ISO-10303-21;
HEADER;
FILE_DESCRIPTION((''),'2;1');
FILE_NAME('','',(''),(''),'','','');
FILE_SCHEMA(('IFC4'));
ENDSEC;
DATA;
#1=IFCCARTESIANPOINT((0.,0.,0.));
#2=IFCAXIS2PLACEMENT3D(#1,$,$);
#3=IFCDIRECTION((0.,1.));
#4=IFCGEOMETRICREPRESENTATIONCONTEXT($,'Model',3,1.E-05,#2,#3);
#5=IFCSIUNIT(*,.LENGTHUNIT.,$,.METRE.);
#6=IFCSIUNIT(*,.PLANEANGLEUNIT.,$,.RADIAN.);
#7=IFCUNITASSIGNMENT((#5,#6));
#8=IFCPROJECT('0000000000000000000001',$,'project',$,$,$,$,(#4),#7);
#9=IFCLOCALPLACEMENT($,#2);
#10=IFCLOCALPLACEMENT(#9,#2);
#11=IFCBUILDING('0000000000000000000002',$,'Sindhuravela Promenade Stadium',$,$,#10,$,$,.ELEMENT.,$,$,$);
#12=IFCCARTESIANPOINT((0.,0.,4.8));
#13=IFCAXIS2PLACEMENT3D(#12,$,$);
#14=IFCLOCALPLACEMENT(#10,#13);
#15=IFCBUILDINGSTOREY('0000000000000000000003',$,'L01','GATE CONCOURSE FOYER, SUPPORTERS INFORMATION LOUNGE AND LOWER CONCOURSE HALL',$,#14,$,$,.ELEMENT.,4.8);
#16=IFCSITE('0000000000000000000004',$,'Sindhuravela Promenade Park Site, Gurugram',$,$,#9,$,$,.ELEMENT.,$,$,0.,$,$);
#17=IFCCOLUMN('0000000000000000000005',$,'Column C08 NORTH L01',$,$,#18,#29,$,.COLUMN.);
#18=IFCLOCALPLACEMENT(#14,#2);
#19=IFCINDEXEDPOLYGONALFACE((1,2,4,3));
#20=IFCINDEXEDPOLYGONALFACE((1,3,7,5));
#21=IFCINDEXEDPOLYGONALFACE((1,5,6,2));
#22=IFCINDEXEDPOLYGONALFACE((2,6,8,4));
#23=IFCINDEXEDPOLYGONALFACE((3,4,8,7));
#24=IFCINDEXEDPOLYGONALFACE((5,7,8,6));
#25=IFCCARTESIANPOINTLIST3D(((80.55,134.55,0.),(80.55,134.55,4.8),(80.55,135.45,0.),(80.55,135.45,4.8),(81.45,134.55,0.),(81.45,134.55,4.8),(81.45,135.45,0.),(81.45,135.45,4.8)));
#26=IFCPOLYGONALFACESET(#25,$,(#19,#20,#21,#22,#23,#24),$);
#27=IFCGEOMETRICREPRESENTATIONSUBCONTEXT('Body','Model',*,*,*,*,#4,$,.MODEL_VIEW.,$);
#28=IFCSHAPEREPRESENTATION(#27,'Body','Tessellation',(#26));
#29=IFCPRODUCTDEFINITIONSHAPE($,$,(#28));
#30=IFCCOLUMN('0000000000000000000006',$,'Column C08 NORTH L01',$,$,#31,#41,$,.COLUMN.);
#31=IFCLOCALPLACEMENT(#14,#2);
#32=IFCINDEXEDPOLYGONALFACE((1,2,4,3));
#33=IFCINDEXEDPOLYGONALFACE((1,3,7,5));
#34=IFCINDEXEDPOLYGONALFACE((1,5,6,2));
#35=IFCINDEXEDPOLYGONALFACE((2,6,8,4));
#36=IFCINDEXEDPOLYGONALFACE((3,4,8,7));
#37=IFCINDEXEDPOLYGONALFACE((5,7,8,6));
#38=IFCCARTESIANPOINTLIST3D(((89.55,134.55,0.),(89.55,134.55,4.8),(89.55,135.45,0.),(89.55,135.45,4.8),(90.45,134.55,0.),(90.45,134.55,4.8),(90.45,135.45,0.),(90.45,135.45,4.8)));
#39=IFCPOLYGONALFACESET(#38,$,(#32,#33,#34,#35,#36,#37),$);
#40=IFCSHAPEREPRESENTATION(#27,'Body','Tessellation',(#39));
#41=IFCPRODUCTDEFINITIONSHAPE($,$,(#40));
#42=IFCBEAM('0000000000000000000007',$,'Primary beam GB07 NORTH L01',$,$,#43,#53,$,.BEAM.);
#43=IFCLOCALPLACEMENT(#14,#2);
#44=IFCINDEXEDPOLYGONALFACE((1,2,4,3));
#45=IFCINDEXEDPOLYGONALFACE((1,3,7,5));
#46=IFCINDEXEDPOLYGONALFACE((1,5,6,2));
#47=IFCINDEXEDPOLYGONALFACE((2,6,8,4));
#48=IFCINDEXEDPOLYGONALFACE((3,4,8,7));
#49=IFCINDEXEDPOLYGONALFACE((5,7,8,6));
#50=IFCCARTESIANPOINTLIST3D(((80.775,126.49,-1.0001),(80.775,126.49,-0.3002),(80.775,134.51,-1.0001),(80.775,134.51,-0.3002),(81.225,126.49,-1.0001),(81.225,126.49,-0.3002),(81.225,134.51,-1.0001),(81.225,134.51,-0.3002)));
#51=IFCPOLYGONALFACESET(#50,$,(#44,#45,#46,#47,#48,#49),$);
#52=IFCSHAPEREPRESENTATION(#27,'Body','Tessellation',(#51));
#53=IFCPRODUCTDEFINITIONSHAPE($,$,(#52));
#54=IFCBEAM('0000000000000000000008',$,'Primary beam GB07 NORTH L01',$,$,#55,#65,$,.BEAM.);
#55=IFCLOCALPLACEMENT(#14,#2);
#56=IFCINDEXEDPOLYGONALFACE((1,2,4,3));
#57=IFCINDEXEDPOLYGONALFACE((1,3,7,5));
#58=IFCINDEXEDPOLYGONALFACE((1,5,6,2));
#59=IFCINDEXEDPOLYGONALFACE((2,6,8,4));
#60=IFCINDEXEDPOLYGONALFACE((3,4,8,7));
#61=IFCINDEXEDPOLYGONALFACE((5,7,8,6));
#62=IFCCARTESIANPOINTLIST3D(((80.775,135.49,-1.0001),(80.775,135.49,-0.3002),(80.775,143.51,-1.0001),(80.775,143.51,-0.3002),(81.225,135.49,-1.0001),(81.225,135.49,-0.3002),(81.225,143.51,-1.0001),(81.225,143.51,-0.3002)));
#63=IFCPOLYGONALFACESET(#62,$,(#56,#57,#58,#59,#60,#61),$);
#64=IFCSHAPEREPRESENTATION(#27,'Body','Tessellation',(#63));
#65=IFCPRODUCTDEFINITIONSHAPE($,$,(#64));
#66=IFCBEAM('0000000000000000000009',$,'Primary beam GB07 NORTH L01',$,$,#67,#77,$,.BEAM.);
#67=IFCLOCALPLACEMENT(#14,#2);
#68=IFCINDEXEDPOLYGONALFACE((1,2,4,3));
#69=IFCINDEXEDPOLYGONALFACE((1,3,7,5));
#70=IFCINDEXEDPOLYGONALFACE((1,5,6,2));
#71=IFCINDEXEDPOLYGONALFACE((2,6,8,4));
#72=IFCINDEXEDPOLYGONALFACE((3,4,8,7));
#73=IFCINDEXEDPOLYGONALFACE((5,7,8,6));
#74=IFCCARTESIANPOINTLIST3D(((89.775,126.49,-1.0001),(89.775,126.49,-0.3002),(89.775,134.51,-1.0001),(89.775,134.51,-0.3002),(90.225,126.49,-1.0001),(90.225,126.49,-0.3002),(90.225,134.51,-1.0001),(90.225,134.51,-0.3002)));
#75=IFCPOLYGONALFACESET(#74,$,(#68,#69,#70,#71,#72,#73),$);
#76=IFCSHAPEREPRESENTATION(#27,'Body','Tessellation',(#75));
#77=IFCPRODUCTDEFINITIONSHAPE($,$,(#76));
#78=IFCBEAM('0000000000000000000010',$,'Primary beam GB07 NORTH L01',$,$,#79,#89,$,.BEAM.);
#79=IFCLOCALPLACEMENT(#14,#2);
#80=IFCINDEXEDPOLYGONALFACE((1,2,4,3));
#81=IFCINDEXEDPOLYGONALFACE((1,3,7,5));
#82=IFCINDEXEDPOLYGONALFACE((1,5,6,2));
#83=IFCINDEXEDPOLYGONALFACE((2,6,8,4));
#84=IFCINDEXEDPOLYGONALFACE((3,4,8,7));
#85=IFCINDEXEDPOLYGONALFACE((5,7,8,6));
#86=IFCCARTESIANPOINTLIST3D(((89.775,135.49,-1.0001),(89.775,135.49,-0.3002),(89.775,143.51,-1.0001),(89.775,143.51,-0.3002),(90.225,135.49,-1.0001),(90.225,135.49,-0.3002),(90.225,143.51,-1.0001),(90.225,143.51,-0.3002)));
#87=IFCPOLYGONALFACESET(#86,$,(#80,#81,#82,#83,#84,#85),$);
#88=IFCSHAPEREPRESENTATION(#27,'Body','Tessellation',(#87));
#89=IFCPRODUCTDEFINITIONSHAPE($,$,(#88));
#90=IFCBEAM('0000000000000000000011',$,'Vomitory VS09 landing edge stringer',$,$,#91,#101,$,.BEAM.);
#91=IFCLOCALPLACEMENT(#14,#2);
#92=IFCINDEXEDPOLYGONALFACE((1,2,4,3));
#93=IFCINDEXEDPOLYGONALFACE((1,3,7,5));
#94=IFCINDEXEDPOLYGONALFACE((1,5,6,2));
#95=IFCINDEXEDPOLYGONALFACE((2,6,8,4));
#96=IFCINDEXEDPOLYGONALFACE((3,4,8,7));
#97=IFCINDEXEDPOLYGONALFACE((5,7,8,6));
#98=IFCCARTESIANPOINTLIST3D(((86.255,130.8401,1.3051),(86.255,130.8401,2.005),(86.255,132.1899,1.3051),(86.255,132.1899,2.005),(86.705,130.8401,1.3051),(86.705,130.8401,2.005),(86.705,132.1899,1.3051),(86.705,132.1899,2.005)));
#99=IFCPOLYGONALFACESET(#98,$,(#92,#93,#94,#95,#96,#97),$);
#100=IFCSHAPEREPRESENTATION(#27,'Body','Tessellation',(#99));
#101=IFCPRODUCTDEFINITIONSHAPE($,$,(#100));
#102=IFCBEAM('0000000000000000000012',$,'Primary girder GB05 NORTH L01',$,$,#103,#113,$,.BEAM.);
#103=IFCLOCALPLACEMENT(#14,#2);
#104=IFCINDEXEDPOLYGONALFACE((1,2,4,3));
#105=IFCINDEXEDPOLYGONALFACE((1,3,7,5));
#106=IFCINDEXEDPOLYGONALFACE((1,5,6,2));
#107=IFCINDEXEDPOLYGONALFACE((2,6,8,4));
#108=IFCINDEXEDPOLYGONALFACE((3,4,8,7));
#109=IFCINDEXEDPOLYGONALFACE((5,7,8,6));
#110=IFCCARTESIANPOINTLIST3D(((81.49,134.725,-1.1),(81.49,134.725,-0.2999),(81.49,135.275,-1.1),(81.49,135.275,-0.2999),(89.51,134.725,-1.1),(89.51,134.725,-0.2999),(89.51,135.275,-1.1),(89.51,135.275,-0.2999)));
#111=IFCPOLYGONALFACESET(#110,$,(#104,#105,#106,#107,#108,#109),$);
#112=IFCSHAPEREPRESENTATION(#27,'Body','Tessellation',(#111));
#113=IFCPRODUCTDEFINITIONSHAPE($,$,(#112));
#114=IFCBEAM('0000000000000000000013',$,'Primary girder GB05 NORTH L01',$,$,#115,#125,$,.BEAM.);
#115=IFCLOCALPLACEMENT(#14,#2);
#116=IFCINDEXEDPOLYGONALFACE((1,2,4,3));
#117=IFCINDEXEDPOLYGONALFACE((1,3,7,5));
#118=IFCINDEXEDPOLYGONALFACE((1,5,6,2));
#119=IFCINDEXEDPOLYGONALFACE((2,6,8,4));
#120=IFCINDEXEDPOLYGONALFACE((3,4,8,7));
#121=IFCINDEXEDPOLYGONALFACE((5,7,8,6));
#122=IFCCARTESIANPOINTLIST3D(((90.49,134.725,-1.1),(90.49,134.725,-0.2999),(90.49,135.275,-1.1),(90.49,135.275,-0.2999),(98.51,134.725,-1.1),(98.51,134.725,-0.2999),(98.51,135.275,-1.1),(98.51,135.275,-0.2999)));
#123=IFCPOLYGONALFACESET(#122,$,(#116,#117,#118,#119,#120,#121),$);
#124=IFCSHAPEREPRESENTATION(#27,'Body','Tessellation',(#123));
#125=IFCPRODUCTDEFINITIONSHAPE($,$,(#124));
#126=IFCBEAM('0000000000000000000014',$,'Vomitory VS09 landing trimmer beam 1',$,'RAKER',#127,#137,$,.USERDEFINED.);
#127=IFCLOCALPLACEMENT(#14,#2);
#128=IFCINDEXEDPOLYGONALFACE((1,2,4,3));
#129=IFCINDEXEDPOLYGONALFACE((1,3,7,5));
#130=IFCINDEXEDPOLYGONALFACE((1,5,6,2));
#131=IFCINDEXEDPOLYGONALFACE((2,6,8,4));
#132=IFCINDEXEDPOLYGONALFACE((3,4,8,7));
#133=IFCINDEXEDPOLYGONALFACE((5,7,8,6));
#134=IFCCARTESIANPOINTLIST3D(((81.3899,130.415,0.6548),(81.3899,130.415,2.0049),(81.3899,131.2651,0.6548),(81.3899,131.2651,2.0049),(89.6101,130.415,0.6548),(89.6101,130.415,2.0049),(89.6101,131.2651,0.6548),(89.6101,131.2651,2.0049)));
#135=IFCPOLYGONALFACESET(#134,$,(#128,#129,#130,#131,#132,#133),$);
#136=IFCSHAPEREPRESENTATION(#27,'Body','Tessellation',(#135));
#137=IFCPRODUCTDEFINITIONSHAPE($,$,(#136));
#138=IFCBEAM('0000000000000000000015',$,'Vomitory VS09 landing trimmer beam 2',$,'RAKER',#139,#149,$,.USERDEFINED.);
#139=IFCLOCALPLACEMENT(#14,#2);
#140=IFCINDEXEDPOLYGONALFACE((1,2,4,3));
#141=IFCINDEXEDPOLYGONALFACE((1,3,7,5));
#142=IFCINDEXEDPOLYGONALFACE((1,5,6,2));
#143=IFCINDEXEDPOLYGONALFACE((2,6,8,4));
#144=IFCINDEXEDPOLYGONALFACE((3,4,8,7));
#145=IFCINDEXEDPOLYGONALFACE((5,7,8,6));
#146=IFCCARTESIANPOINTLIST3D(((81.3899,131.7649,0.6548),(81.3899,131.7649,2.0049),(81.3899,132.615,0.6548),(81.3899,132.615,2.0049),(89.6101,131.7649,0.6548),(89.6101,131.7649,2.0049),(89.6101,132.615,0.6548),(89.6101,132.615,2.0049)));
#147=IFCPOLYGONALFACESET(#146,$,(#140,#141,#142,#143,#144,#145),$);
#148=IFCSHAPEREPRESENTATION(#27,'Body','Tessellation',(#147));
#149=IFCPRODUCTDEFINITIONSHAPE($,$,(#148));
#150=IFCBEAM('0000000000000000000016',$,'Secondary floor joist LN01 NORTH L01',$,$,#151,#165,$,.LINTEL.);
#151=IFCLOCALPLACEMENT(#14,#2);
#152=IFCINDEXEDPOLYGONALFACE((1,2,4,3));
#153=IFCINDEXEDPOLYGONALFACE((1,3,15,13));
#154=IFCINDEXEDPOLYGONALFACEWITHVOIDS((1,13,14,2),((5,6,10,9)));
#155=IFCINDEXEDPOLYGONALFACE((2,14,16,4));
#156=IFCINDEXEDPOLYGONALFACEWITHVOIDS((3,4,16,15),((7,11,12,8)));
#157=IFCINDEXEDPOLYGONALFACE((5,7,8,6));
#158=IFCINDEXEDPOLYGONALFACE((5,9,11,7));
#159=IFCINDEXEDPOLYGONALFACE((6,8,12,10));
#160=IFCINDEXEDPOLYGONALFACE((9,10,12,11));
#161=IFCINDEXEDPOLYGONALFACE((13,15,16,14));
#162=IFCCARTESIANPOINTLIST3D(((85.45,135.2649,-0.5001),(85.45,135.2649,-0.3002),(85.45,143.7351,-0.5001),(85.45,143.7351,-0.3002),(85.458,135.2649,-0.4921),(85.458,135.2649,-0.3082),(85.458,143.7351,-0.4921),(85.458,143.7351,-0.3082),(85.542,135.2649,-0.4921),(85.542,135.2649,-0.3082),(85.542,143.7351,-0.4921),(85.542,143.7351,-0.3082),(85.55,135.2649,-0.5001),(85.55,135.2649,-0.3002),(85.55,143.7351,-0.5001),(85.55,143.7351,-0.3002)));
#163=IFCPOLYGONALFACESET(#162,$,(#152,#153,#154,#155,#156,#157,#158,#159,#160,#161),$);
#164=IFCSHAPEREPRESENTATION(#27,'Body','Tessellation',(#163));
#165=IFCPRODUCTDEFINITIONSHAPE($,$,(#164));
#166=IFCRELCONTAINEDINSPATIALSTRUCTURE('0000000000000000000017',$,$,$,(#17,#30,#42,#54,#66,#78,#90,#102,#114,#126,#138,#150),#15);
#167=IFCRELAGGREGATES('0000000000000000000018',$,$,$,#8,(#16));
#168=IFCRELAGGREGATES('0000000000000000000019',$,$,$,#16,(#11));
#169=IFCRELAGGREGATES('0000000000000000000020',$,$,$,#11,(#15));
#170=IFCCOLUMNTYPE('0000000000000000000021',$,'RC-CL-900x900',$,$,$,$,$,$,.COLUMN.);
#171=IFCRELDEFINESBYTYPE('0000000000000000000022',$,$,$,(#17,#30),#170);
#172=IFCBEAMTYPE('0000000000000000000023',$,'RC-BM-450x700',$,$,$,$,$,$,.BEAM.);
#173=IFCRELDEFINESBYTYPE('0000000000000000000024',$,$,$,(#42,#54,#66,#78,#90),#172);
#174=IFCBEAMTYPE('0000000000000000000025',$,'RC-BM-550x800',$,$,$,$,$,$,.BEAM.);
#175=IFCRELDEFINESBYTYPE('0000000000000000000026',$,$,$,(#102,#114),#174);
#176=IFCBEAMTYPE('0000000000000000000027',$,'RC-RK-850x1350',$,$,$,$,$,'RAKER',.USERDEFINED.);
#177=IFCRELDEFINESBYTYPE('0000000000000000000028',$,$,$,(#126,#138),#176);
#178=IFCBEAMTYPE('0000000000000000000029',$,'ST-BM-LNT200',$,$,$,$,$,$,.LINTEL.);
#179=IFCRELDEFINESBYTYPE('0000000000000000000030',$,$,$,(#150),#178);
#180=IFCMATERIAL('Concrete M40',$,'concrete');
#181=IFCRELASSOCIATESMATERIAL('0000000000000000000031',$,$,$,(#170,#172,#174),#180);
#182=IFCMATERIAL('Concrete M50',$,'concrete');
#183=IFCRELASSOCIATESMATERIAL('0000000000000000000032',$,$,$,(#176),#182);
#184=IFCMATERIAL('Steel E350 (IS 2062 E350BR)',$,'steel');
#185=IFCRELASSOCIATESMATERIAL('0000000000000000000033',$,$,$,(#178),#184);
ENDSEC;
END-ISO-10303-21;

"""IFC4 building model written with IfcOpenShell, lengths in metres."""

from ifc_helpers import new_model, si_unit, direction, frame, origin, origin_2d, place, context, subcontext, project, spatial, rectangle, hollow_rectangle, extrude, material, material_profile, profile_set, type_object, element, save


model = new_model("IFC4")

# Units and contexts
model_context = context("Model", 3, precision=1e-05, world=origin(), true_north=direction((0.0, 1.0)))
body_context = subcontext(model_context, "Body", "Model", "MODEL_VIEW")
ifc_project = project(units=[si_unit("LENGTHUNIT", "METRE"), si_unit("PLANEANGLEUNIT", "RADIAN")], contexts=[model_context])

# Site, building, storey
site_placement = place(None, origin())
site = spatial("IfcSite", under=ifc_project, at=site_placement, Name="Sindhuravela Promenade Park Site, Gurugram", CompositionType="ELEMENT", RefElevation=0.0)
building_placement = place(site_placement, origin())
building = spatial("IfcBuilding", under=site, at=building_placement, Name="Sindhuravela Promenade Stadium", CompositionType="ELEMENT")
storey_placement = place(building_placement, frame((0.0, 0.0, 4.8)))
storey = spatial("IfcBuildingStorey", under=building, at=storey_placement, Name="L01", Description="GATE CONCOURSE FOYER, SUPPORTERS INFORMATION LOUNGE AND LOWER CONCOURSE HALL", CompositionType="ELEMENT", Elevation=4.8)

# Columns
ifc_material_1 = material(Name="Concrete M40", Category="concrete")
ifc_material_profile_1 = material_profile(ifc_material_1, rectangle(XDim=0.8999, YDim=0.8999, at=origin_2d()), Name="RC 900x900")
ifc_profile_set_1 = profile_set([ifc_material_profile_1], Name="Concrete M40")
column_type = type_object("IfcColumnType", Name="RC-CL-900x900", PredefinedType="COLUMN", material=ifc_profile_set_1)
for number, where, z_axis, x_axis, name in (
    (1, (81.0, 135.0, 0.0), (0.0, 0.0, 1.0), (1.0, 0.0, 0.0), "Column C08 NORTH L01"),
    (2, (90.0, 135.0, 0.0), (0.0, 0.0, 1.0), (1.0, 0.0, 0.0), "Column C08 NORTH L01"),
):
    element("IfcColumn", number, at=place(storey_placement, frame(where, z_axis=z_axis, x_axis=x_axis)), inside=storey, type_object=column_type, Name=name, PredefinedType="COLUMN", context=body_context, shape_type="SweptSolid", body=[
        extrude(rectangle(XDim=0.8999, YDim=0.8999, at=origin_2d()), origin(), (0.0, 0.0, 1.0), 4.8),
    ])

# Beams
ifc_material_profile_2 = material_profile(ifc_material_1, rectangle(XDim=0.45, YDim=0.7, at=origin_2d()), Name="RC 450x700")
ifc_profile_set_2 = profile_set([ifc_material_profile_2], Name="Concrete M40")
beam_type_1 = type_object("IfcBeamType", Name="RC-BM-450x700", PredefinedType="BEAM", material=ifc_profile_set_2)
for number, where, z_axis, x_axis, name in (
    (3, (81.0, 126.49, -0.6501), (0.0, 1.0, 0.0), (-1.0, 0.0, 0.0), "Primary beam GB07 NORTH L01"),
    (4, (81.0, 135.49, -0.6501), (0.0, 1.0, 0.0), (-1.0, 0.0, 0.0), "Primary beam GB07 NORTH L01"),
    (5, (90.0, 126.49, -0.6501), (0.0, 1.0, 0.0), (-1.0, 0.0, 0.0), "Primary beam GB07 NORTH L01"),
    (6, (90.0, 135.49, -0.6501), (0.0, 1.0, 0.0), (-1.0, 0.0, 0.0), "Primary beam GB07 NORTH L01"),
):
    element("IfcBeam", number, at=place(storey_placement, frame(where, z_axis=z_axis, x_axis=x_axis)), inside=storey, type_object=beam_type_1, Name=name, PredefinedType="BEAM", context=body_context, shape_type="SweptSolid", body=[
        extrude(rectangle(XDim=0.45, YDim=0.7, at=origin_2d()), origin(), (0.0, 0.0, 1.0), 8.02),
    ])
beam_1_placement = place(storey_placement, frame((86.48, 130.8401, 1.655), z_axis=(0.0, 1.0, 0.0), x_axis=(-1.0, 0.0, 0.0)))
element("IfcBeam", 7, at=beam_1_placement, inside=storey, type_object=beam_type_1, Name="Vomitory VS09 landing edge stringer", PredefinedType="BEAM", context=body_context, shape_type="SweptSolid", body=[
    extrude(rectangle(XDim=0.45, YDim=0.7, at=origin_2d()), origin(), (0.0, 0.0, 1.0), 1.3499),
])
ifc_material_profile_3 = material_profile(ifc_material_1, rectangle(XDim=0.55, YDim=0.8, at=origin_2d()), Name="RC 550x800")
ifc_profile_set_3 = profile_set([ifc_material_profile_3], Name="Concrete M40")
beam_type_2 = type_object("IfcBeamType", Name="RC-BM-550x800", PredefinedType="BEAM", material=ifc_profile_set_3)
for number, where, z_axis, x_axis, name in (
    (8, (81.49, 135.0, -0.7), (1.0, 0.0, 0.0), (0.0, 1.0, 0.0), "Primary girder GB05 NORTH L01"),
    (9, (90.49, 135.0, -0.7), (1.0, 0.0, 0.0), (0.0, 1.0, 0.0), "Primary girder GB05 NORTH L01"),
):
    element("IfcBeam", number, at=place(storey_placement, frame(where, z_axis=z_axis, x_axis=x_axis)), inside=storey, type_object=beam_type_2, Name=name, PredefinedType="BEAM", context=body_context, shape_type="SweptSolid", body=[
        extrude(rectangle(XDim=0.55, YDim=0.8, at=origin_2d()), origin(), (0.0, 0.0, 1.0), 8.02),
    ])
ifc_material_2 = material(Name="Concrete M50", Category="concrete")
ifc_material_profile_4 = material_profile(ifc_material_2, rectangle(XDim=0.8501, YDim=1.3501, at=origin_2d()), Name="RC 850x1350")
ifc_profile_set_4 = profile_set([ifc_material_profile_4], Name="Concrete M50")
beam_type_3 = type_object("IfcBeamType", Name="RC-RK-850x1350", ElementType="RAKER", PredefinedType="USERDEFINED", material=ifc_profile_set_4)
for number, where, z_axis, x_axis, name in (
    (10, (81.3899, 130.8401, 1.3298), (1.0, 0.0, 0.0), (0.0, 1.0, 0.0), "Vomitory VS09 landing trimmer beam 1"),
    (11, (81.3899, 132.1899, 1.3298), (1.0, 0.0, 0.0), (0.0, 1.0, 0.0), "Vomitory VS09 landing trimmer beam 2"),
):
    element("IfcBeam", number, at=place(storey_placement, frame(where, z_axis=z_axis, x_axis=x_axis)), inside=storey, type_object=beam_type_3, Name=name, ObjectType="RAKER", PredefinedType="USERDEFINED", context=body_context, shape_type="SweptSolid", body=[
        extrude(rectangle(XDim=0.8501, YDim=1.3501, at=origin_2d()), origin(), (0.0, 0.0, 1.0), 8.2202),
    ])
ifc_material_3 = material(Name="Steel E350 (IS 2062 E350BR)", Category="steel")
ifc_material_profile_5 = material_profile(ifc_material_3, hollow_rectangle(XDim=0.1001, YDim=0.2, WallThickness=0.0081, at=origin_2d()), Name="RHS 200x100x8")
ifc_profile_set_5 = profile_set([ifc_material_profile_5], Name="Steel E350 (IS 2062 E350BR)")
beam_type_4 = type_object("IfcBeamType", Name="ST-BM-LNT200", PredefinedType="LINTEL", material=ifc_profile_set_5)
beam_2_placement = place(storey_placement, frame((85.5, 135.2649, -0.4001), z_axis=(0.0, 1.0, 0.0), x_axis=(-1.0, 0.0, 0.0)))
element("IfcBeam", 12, at=beam_2_placement, inside=storey, type_object=beam_type_4, Name="Secondary floor joist LN01 NORTH L01", PredefinedType="LINTEL", context=body_context, shape_type="SweptSolid", body=[
    extrude(hollow_rectangle(XDim=0.1001, YDim=0.2, WallThickness=0.0081, at=origin_2d()), origin(), (0.0, 0.0, 1.0), 8.4702),
])

save(model, "model.ifc")
